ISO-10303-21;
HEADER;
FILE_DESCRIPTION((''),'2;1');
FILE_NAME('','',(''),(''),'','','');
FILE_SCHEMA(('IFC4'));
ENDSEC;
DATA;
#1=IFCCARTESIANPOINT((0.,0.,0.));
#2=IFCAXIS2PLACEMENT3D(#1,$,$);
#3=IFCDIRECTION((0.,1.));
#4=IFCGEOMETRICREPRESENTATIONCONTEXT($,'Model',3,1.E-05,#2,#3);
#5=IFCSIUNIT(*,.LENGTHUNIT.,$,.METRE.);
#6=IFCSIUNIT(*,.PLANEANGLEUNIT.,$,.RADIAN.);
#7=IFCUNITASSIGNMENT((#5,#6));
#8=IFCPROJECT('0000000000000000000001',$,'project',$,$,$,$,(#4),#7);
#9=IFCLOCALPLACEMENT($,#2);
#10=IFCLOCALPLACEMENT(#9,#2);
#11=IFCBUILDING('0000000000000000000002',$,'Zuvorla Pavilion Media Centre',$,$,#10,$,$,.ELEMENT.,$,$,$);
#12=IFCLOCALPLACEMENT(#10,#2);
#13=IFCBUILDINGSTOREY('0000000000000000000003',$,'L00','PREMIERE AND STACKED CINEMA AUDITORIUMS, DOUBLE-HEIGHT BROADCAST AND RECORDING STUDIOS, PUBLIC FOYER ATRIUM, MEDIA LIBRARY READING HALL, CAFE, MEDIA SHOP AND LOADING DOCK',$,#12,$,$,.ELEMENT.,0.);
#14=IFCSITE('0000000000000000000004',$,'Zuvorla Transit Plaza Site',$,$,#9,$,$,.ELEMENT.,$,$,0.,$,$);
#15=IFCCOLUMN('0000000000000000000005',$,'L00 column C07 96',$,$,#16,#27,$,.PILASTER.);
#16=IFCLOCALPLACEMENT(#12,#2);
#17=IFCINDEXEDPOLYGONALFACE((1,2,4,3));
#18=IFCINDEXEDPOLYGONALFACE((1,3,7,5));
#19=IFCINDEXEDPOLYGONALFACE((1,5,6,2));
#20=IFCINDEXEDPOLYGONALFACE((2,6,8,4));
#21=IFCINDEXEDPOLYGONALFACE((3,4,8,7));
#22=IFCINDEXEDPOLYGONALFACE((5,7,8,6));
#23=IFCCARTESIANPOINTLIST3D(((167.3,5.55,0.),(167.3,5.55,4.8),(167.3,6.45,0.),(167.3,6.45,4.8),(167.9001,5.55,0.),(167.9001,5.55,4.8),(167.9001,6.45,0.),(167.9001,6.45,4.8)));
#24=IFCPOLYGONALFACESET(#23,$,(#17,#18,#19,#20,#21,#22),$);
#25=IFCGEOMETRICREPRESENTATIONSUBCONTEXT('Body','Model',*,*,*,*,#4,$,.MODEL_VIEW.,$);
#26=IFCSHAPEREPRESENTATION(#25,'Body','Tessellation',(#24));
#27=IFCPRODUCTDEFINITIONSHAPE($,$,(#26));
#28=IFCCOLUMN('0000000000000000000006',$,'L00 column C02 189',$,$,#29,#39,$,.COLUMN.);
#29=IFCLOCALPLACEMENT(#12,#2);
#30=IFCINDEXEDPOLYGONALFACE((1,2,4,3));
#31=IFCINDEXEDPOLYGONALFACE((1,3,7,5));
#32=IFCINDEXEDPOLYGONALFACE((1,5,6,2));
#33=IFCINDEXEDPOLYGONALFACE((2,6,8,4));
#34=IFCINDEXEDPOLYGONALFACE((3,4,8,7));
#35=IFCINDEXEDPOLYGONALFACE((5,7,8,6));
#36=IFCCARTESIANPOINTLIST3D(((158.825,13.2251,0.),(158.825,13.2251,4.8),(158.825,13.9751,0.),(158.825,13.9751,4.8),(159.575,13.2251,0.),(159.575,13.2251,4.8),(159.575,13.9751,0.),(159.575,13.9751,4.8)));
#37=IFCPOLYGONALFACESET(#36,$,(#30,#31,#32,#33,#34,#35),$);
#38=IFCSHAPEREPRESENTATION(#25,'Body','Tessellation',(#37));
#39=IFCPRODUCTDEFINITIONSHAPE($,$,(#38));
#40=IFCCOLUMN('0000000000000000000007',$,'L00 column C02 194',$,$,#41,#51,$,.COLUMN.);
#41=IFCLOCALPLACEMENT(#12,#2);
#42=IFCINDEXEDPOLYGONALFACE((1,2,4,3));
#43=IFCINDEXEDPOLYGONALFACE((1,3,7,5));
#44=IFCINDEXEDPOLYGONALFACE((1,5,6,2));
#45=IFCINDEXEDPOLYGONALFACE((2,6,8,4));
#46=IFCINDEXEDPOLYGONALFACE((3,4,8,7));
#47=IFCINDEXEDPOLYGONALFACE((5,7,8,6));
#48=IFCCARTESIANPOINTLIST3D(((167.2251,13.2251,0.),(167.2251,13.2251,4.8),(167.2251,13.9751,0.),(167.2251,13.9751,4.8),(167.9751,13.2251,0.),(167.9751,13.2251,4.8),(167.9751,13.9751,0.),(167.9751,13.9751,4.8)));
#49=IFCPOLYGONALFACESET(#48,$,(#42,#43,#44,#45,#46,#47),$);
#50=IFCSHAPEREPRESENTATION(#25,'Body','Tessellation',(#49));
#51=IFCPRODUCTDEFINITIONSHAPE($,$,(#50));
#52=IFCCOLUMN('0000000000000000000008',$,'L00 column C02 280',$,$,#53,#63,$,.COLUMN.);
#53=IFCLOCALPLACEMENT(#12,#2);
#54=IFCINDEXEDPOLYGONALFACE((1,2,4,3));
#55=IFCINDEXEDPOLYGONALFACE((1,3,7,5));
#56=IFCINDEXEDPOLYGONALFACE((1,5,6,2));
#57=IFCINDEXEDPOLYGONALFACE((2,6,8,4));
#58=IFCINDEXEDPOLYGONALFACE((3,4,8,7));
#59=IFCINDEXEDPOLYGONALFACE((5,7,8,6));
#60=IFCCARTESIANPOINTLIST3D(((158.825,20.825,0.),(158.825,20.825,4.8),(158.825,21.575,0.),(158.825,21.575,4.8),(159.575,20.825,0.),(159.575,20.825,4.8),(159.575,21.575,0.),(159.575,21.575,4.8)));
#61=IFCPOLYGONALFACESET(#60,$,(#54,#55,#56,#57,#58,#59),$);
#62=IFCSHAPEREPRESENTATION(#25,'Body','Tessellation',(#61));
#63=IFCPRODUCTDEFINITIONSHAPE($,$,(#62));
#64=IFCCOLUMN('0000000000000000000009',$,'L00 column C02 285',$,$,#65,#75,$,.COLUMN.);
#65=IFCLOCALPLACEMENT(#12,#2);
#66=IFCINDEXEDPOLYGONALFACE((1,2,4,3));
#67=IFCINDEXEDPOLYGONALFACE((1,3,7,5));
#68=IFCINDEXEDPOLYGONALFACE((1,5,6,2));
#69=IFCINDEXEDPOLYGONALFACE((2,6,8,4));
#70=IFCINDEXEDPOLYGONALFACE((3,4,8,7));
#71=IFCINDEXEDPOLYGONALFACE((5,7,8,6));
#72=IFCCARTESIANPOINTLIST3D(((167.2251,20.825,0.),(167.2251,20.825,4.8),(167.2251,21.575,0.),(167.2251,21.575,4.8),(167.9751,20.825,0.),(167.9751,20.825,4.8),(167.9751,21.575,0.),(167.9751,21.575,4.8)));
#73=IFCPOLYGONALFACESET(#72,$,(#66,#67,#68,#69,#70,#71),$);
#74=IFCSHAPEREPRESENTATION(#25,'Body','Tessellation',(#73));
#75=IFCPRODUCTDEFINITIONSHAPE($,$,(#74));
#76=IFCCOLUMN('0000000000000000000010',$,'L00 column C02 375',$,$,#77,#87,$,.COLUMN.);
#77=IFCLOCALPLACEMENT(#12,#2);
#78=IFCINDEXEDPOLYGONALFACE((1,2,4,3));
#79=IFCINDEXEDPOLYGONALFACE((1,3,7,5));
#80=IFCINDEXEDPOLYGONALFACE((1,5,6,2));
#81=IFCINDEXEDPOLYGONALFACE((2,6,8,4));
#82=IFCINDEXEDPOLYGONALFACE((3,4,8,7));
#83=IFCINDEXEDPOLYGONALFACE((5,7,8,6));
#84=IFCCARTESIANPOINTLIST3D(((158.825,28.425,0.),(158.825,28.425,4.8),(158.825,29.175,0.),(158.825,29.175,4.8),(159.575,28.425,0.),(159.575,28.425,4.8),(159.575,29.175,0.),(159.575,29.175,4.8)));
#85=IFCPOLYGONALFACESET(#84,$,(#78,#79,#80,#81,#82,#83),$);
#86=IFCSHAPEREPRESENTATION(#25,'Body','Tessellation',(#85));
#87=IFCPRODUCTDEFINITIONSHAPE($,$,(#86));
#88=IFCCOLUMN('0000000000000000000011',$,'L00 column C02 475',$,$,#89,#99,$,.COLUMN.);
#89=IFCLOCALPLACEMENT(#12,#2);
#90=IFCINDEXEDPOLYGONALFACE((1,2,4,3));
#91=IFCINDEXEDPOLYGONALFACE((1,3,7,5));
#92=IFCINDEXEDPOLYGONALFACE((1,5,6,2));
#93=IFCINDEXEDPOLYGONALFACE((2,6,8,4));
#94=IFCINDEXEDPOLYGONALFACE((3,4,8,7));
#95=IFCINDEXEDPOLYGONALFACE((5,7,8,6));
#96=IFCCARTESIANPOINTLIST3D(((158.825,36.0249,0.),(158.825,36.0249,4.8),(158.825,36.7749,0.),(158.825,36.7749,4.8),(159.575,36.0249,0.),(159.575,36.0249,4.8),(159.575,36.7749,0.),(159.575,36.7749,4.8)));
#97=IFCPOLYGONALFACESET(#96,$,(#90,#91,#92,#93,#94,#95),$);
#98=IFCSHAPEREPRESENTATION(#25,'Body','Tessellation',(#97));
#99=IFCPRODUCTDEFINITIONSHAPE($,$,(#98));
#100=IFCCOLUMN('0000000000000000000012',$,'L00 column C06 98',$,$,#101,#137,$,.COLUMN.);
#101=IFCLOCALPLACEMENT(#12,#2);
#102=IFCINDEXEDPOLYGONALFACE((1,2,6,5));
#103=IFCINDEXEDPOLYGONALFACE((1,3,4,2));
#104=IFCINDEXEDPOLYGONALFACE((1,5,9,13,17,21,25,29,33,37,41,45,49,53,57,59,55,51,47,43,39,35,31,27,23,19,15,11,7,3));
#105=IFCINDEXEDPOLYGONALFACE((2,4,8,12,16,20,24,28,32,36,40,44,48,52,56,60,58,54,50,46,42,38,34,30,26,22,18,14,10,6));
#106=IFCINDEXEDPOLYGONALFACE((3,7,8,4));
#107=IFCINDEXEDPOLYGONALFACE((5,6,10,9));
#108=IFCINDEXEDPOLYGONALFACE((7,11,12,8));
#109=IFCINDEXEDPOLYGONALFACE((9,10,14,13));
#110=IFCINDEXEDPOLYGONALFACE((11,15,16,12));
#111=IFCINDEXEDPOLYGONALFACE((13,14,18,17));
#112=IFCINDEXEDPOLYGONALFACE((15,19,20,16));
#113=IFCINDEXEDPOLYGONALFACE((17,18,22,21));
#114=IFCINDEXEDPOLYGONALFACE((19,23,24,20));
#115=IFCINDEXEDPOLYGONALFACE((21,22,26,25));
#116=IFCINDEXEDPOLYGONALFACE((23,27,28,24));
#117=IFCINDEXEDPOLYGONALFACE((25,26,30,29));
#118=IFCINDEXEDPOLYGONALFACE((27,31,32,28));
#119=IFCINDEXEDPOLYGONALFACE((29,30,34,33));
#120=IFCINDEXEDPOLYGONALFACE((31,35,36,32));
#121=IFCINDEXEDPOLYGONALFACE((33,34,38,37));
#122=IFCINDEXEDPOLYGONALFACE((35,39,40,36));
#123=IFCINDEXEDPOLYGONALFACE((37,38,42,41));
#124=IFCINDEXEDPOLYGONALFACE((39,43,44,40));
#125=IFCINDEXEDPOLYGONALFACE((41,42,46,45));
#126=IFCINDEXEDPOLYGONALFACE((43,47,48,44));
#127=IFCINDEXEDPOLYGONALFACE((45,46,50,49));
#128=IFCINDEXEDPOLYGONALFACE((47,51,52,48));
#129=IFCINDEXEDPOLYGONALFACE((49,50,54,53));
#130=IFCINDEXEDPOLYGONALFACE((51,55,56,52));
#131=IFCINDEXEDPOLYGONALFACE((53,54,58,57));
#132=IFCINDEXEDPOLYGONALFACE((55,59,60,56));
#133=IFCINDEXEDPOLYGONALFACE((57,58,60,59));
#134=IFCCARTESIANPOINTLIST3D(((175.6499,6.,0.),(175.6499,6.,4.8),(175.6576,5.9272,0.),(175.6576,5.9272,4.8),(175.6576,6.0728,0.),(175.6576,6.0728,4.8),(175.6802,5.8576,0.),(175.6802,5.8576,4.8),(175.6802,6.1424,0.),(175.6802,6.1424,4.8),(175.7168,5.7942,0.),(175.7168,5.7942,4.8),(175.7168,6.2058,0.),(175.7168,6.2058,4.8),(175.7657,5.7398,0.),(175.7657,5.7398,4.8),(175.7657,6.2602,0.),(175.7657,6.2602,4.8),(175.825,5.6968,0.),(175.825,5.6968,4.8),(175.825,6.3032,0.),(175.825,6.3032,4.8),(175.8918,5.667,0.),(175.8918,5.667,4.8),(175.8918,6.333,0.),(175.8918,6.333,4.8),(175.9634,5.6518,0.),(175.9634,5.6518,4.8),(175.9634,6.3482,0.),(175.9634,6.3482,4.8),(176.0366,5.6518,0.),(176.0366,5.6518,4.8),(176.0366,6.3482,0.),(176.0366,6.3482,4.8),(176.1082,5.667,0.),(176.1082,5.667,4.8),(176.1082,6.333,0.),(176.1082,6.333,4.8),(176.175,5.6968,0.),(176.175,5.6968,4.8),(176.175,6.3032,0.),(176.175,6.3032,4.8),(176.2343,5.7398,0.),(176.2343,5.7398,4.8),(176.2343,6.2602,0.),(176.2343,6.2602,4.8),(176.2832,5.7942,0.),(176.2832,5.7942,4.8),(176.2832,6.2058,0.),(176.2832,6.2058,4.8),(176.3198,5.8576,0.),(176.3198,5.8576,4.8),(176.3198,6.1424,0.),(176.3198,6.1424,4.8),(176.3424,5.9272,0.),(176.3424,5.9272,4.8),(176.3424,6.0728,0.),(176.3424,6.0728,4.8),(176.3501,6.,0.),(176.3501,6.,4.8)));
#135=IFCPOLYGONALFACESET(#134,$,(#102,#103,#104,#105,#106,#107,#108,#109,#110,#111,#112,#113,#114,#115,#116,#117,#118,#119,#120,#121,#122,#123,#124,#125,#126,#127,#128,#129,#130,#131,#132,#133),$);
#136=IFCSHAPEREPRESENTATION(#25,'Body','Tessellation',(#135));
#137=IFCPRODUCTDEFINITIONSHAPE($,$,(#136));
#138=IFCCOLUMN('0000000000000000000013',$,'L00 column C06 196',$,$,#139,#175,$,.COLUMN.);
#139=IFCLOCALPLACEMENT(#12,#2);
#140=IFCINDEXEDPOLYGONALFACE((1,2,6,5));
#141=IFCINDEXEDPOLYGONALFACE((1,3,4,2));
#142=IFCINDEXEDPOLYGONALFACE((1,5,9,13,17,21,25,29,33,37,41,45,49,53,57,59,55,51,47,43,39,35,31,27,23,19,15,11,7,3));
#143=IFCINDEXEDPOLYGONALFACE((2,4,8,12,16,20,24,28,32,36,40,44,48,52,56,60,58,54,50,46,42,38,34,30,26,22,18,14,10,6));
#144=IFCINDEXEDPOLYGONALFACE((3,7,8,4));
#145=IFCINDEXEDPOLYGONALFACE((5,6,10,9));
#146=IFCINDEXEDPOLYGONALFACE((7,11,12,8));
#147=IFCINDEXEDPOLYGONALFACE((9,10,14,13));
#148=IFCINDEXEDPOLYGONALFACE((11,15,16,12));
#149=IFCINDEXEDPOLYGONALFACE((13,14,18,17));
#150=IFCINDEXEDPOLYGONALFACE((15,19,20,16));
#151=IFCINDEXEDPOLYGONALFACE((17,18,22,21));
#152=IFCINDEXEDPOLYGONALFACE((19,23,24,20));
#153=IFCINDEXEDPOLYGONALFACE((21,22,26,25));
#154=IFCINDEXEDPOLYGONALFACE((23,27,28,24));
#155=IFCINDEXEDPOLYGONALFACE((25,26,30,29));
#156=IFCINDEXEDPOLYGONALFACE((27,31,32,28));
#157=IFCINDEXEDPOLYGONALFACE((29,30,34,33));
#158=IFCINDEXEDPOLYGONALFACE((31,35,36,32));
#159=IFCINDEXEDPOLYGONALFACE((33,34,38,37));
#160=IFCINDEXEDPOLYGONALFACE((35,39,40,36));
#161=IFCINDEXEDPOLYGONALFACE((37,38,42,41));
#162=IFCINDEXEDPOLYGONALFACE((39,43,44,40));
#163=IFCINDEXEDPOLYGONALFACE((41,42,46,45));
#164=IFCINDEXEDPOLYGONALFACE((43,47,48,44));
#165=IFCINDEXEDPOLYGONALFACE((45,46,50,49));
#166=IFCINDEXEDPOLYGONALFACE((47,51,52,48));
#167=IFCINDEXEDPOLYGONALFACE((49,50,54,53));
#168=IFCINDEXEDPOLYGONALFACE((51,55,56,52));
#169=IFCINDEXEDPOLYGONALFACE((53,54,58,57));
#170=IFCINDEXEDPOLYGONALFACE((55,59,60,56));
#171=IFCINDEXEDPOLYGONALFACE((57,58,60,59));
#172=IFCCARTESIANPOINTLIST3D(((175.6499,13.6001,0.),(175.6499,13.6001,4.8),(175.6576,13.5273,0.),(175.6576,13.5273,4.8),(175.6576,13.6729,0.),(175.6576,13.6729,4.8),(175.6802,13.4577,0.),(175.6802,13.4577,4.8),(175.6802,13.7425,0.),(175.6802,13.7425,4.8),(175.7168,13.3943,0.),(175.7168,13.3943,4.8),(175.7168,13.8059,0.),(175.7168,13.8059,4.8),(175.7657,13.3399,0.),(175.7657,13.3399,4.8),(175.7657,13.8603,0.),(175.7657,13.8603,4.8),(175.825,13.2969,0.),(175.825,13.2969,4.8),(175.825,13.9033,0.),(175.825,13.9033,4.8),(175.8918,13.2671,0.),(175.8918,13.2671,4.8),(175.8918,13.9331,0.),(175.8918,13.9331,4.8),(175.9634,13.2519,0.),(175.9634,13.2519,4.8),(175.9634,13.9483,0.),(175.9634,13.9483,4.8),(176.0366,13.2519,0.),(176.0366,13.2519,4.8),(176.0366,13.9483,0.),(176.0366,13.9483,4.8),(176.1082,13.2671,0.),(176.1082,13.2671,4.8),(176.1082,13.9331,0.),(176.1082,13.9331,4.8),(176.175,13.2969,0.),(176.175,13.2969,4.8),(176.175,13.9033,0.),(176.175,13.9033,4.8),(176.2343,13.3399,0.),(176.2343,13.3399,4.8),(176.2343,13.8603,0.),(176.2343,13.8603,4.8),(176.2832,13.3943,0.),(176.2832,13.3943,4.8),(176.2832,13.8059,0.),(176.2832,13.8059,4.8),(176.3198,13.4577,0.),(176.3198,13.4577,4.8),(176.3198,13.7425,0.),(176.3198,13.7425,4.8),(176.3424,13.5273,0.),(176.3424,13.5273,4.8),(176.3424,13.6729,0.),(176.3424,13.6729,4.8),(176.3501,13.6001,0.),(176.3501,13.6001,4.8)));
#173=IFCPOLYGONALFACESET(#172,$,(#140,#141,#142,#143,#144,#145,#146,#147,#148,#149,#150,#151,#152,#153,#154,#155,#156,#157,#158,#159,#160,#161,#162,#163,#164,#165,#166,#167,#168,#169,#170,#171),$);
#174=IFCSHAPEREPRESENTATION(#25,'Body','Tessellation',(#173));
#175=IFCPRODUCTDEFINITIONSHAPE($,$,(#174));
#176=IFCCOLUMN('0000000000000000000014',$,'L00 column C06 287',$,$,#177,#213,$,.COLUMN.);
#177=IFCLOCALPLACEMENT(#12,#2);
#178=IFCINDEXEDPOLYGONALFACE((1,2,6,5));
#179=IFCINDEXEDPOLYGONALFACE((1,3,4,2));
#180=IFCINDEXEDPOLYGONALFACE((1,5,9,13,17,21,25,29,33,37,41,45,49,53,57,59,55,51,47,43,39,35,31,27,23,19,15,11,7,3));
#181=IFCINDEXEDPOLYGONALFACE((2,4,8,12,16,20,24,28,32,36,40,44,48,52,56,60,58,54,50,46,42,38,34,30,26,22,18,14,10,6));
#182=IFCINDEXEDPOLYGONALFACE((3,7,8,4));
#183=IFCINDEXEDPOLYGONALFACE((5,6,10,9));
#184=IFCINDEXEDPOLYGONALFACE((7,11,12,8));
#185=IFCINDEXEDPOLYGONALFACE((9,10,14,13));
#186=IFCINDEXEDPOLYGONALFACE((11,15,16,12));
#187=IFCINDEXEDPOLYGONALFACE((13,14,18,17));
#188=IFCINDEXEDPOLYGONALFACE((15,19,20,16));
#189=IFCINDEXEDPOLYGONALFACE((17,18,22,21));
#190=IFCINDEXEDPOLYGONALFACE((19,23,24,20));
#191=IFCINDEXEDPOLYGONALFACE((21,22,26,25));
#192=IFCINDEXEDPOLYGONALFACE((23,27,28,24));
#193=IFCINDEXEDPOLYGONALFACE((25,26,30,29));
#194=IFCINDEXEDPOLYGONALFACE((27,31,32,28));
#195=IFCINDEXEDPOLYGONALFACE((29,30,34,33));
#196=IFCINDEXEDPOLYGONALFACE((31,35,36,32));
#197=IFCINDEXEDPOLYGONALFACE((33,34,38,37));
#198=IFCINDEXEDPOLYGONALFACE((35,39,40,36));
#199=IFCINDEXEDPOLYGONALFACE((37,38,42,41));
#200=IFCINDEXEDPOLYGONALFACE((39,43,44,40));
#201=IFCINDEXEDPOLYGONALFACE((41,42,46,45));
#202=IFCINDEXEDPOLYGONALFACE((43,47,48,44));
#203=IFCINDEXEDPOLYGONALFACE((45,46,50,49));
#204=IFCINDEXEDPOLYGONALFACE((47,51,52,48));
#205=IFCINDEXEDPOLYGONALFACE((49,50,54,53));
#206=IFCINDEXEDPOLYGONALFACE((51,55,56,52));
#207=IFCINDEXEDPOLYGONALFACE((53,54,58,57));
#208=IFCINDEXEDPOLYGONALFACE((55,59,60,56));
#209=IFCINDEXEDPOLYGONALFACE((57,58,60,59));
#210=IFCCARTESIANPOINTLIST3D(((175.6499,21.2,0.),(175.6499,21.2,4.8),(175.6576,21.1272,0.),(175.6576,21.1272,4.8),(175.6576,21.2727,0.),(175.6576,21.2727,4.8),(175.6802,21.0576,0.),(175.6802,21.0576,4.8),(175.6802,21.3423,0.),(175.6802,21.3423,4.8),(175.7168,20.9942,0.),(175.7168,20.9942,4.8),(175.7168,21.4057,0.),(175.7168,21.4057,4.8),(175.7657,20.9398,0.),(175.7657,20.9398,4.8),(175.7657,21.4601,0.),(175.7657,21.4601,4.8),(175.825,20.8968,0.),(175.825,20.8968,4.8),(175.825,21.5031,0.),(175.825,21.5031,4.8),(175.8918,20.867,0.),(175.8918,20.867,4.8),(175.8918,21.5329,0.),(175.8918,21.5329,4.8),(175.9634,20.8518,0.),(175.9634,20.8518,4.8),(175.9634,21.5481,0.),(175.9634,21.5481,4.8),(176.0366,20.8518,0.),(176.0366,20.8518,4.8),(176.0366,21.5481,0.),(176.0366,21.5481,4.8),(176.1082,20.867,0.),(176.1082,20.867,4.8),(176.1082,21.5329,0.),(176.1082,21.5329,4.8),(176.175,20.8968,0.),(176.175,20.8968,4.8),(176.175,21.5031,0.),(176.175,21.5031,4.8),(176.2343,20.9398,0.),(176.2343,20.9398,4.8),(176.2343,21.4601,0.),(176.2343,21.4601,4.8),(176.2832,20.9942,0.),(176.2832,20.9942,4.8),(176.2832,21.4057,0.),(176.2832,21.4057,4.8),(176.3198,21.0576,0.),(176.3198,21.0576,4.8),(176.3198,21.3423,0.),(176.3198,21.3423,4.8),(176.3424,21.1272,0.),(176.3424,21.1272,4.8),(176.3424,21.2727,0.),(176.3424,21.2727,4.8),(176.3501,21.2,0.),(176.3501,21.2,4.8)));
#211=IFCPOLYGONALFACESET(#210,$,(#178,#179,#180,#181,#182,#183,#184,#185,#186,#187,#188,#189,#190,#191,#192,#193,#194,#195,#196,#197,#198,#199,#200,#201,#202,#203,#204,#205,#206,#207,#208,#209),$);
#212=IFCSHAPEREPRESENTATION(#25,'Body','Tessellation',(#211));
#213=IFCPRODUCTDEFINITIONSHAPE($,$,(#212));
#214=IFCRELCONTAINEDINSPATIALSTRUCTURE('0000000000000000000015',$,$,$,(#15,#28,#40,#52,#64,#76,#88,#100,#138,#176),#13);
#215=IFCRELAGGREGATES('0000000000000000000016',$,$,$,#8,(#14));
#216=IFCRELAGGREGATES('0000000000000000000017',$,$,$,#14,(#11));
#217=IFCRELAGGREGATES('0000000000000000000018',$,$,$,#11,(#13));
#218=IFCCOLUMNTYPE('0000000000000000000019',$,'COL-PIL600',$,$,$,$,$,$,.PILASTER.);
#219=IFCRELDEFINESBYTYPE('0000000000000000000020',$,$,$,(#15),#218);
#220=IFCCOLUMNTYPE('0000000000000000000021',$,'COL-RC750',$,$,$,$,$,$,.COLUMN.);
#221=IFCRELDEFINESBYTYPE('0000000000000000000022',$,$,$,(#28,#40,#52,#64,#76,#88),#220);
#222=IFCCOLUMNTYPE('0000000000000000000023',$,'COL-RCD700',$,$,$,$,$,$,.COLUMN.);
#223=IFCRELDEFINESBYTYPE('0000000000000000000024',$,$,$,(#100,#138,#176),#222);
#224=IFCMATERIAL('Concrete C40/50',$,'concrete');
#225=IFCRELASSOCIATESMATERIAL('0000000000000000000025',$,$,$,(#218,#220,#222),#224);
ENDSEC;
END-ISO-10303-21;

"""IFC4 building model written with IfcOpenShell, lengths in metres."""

from ifc_helpers import new_model, si_unit, direction, frame, origin, origin_2d, place, context, subcontext, project, spatial, rectangle, circle, extrude, material, material_profile, profile_set, type_object, element, save


model = new_model("IFC4")

# Units and contexts
model_context = context("Model", 3, precision=1e-05, world=origin(), true_north=direction((0.0, 1.0)))
body_context = subcontext(model_context, "Body", "Model", "MODEL_VIEW")
ifc_project = project(units=[si_unit("LENGTHUNIT", "METRE"), si_unit("PLANEANGLEUNIT", "RADIAN")], contexts=[model_context])

# Site, building, storey
site_placement = place(None, origin())
site = spatial("IfcSite", under=ifc_project, at=site_placement, Name="Zuvorla Transit Plaza Site", CompositionType="ELEMENT", RefElevation=0.0)
building_placement = place(site_placement, origin())
building = spatial("IfcBuilding", under=site, at=building_placement, Name="Zuvorla Pavilion Media Centre", CompositionType="ELEMENT")
storey_placement = place(building_placement, origin())
storey = spatial("IfcBuildingStorey", under=building, at=storey_placement, Name="L00", Description="PREMIERE AND STACKED CINEMA AUDITORIUMS, DOUBLE-HEIGHT BROADCAST AND RECORDING STUDIOS, PUBLIC FOYER ATRIUM, MEDIA LIBRARY READING HALL, CAFE, MEDIA SHOP AND LOADING DOCK", CompositionType="ELEMENT", Elevation=0.0)

# Columns
ifc_material_1 = material(Name="Concrete C40/50", Category="concrete")
ifc_material_profile_1 = material_profile(ifc_material_1, rectangle(XDim=0.6001, YDim=0.8999, at=origin_2d()), Name="RC 600x900")
ifc_profile_set_1 = profile_set([ifc_material_profile_1], Name="Concrete C40/50")
column_type_1 = type_object("IfcColumnType", Name="COL-PIL600", PredefinedType="PILASTER", material=ifc_profile_set_1)
column_placement = place(storey_placement, frame((167.6001, 6.0, 0.0), z_axis=(0.0, 0.0, 1.0), x_axis=(1.0, 0.0, 0.0)))
element("IfcColumn", 1, at=column_placement, inside=storey, type_object=column_type_1, Name="L00 column C07 96", PredefinedType="PILASTER", context=body_context, shape_type="SweptSolid", body=[
    extrude(rectangle(XDim=0.6001, YDim=0.8999, at=origin_2d()), origin(), (0.0, 0.0, 1.0), 4.8),
])
ifc_material_profile_2 = material_profile(ifc_material_1, rectangle(XDim=0.75, YDim=0.75, at=origin_2d()), Name="RC 750x750")
ifc_profile_set_2 = profile_set([ifc_material_profile_2], Name="Concrete C40/50")
column_type_2 = type_object("IfcColumnType", Name="COL-RC750", PredefinedType="COLUMN", material=ifc_profile_set_2)
for number, where, z_axis, x_axis, name in (
    (2, (159.2, 13.6001, 0.0), (0.0, 0.0, 1.0), (1.0, 0.0, 0.0), "L00 column C02 189"),
    (3, (167.6001, 13.6001, 0.0), (0.0, 0.0, 1.0), (1.0, 0.0, 0.0), "L00 column C02 194"),
    (4, (159.2, 21.2, 0.0), (0.0, 0.0, 1.0), (1.0, 0.0, 0.0), "L00 column C02 280"),
    (5, (167.6001, 21.2, 0.0), (0.0, 0.0, 1.0), (1.0, 0.0, 0.0), "L00 column C02 285"),
    (6, (159.2, 28.8, 0.0), (0.0, 0.0, 1.0), (1.0, 0.0, 0.0), "L00 column C02 375"),
    (7, (159.2, 36.3999, 0.0), (0.0, 0.0, 1.0), (1.0, 0.0, 0.0), "L00 column C02 475"),
):
    element("IfcColumn", number, at=place(storey_placement, frame(where, z_axis=z_axis, x_axis=x_axis)), inside=storey, type_object=column_type_2, Name=name, PredefinedType="COLUMN", context=body_context, shape_type="SweptSolid", body=[
        extrude(rectangle(XDim=0.75, YDim=0.75, at=origin_2d()), origin(), (0.0, 0.0, 1.0), 4.8),
    ])
ifc_material_profile_3 = material_profile(ifc_material_1, circle(Radius=0.3501, at=origin_2d()), Name="RC D700")
ifc_profile_set_3 = profile_set([ifc_material_profile_3], Name="Concrete C40/50")
column_type_3 = type_object("IfcColumnType", Name="COL-RCD700", PredefinedType="COLUMN", material=ifc_profile_set_3)
for number, where, z_axis, x_axis, name in (
    (8, (176.0, 6.0, 0.0), (0.0, 0.0, 1.0), (1.0, 0.0, 0.0), "L00 column C06 98"),
    (9, (176.0, 13.6001, 0.0), (0.0, 0.0, 1.0), (1.0, 0.0, 0.0), "L00 column C06 196"),
    (10, (176.0, 21.2, 0.0), (0.0, 0.0, 1.0), (1.0, 0.0, 0.0), "L00 column C06 287"),
):
    element("IfcColumn", number, at=place(storey_placement, frame(where, z_axis=z_axis, x_axis=x_axis)), inside=storey, type_object=column_type_3, Name=name, PredefinedType="COLUMN", context=body_context, shape_type="SweptSolid", body=[
        extrude(circle(Radius=0.3501, at=origin_2d()), origin(), (0.0, 0.0, 1.0), 4.8),
    ])

save(model, "model.ifc")
